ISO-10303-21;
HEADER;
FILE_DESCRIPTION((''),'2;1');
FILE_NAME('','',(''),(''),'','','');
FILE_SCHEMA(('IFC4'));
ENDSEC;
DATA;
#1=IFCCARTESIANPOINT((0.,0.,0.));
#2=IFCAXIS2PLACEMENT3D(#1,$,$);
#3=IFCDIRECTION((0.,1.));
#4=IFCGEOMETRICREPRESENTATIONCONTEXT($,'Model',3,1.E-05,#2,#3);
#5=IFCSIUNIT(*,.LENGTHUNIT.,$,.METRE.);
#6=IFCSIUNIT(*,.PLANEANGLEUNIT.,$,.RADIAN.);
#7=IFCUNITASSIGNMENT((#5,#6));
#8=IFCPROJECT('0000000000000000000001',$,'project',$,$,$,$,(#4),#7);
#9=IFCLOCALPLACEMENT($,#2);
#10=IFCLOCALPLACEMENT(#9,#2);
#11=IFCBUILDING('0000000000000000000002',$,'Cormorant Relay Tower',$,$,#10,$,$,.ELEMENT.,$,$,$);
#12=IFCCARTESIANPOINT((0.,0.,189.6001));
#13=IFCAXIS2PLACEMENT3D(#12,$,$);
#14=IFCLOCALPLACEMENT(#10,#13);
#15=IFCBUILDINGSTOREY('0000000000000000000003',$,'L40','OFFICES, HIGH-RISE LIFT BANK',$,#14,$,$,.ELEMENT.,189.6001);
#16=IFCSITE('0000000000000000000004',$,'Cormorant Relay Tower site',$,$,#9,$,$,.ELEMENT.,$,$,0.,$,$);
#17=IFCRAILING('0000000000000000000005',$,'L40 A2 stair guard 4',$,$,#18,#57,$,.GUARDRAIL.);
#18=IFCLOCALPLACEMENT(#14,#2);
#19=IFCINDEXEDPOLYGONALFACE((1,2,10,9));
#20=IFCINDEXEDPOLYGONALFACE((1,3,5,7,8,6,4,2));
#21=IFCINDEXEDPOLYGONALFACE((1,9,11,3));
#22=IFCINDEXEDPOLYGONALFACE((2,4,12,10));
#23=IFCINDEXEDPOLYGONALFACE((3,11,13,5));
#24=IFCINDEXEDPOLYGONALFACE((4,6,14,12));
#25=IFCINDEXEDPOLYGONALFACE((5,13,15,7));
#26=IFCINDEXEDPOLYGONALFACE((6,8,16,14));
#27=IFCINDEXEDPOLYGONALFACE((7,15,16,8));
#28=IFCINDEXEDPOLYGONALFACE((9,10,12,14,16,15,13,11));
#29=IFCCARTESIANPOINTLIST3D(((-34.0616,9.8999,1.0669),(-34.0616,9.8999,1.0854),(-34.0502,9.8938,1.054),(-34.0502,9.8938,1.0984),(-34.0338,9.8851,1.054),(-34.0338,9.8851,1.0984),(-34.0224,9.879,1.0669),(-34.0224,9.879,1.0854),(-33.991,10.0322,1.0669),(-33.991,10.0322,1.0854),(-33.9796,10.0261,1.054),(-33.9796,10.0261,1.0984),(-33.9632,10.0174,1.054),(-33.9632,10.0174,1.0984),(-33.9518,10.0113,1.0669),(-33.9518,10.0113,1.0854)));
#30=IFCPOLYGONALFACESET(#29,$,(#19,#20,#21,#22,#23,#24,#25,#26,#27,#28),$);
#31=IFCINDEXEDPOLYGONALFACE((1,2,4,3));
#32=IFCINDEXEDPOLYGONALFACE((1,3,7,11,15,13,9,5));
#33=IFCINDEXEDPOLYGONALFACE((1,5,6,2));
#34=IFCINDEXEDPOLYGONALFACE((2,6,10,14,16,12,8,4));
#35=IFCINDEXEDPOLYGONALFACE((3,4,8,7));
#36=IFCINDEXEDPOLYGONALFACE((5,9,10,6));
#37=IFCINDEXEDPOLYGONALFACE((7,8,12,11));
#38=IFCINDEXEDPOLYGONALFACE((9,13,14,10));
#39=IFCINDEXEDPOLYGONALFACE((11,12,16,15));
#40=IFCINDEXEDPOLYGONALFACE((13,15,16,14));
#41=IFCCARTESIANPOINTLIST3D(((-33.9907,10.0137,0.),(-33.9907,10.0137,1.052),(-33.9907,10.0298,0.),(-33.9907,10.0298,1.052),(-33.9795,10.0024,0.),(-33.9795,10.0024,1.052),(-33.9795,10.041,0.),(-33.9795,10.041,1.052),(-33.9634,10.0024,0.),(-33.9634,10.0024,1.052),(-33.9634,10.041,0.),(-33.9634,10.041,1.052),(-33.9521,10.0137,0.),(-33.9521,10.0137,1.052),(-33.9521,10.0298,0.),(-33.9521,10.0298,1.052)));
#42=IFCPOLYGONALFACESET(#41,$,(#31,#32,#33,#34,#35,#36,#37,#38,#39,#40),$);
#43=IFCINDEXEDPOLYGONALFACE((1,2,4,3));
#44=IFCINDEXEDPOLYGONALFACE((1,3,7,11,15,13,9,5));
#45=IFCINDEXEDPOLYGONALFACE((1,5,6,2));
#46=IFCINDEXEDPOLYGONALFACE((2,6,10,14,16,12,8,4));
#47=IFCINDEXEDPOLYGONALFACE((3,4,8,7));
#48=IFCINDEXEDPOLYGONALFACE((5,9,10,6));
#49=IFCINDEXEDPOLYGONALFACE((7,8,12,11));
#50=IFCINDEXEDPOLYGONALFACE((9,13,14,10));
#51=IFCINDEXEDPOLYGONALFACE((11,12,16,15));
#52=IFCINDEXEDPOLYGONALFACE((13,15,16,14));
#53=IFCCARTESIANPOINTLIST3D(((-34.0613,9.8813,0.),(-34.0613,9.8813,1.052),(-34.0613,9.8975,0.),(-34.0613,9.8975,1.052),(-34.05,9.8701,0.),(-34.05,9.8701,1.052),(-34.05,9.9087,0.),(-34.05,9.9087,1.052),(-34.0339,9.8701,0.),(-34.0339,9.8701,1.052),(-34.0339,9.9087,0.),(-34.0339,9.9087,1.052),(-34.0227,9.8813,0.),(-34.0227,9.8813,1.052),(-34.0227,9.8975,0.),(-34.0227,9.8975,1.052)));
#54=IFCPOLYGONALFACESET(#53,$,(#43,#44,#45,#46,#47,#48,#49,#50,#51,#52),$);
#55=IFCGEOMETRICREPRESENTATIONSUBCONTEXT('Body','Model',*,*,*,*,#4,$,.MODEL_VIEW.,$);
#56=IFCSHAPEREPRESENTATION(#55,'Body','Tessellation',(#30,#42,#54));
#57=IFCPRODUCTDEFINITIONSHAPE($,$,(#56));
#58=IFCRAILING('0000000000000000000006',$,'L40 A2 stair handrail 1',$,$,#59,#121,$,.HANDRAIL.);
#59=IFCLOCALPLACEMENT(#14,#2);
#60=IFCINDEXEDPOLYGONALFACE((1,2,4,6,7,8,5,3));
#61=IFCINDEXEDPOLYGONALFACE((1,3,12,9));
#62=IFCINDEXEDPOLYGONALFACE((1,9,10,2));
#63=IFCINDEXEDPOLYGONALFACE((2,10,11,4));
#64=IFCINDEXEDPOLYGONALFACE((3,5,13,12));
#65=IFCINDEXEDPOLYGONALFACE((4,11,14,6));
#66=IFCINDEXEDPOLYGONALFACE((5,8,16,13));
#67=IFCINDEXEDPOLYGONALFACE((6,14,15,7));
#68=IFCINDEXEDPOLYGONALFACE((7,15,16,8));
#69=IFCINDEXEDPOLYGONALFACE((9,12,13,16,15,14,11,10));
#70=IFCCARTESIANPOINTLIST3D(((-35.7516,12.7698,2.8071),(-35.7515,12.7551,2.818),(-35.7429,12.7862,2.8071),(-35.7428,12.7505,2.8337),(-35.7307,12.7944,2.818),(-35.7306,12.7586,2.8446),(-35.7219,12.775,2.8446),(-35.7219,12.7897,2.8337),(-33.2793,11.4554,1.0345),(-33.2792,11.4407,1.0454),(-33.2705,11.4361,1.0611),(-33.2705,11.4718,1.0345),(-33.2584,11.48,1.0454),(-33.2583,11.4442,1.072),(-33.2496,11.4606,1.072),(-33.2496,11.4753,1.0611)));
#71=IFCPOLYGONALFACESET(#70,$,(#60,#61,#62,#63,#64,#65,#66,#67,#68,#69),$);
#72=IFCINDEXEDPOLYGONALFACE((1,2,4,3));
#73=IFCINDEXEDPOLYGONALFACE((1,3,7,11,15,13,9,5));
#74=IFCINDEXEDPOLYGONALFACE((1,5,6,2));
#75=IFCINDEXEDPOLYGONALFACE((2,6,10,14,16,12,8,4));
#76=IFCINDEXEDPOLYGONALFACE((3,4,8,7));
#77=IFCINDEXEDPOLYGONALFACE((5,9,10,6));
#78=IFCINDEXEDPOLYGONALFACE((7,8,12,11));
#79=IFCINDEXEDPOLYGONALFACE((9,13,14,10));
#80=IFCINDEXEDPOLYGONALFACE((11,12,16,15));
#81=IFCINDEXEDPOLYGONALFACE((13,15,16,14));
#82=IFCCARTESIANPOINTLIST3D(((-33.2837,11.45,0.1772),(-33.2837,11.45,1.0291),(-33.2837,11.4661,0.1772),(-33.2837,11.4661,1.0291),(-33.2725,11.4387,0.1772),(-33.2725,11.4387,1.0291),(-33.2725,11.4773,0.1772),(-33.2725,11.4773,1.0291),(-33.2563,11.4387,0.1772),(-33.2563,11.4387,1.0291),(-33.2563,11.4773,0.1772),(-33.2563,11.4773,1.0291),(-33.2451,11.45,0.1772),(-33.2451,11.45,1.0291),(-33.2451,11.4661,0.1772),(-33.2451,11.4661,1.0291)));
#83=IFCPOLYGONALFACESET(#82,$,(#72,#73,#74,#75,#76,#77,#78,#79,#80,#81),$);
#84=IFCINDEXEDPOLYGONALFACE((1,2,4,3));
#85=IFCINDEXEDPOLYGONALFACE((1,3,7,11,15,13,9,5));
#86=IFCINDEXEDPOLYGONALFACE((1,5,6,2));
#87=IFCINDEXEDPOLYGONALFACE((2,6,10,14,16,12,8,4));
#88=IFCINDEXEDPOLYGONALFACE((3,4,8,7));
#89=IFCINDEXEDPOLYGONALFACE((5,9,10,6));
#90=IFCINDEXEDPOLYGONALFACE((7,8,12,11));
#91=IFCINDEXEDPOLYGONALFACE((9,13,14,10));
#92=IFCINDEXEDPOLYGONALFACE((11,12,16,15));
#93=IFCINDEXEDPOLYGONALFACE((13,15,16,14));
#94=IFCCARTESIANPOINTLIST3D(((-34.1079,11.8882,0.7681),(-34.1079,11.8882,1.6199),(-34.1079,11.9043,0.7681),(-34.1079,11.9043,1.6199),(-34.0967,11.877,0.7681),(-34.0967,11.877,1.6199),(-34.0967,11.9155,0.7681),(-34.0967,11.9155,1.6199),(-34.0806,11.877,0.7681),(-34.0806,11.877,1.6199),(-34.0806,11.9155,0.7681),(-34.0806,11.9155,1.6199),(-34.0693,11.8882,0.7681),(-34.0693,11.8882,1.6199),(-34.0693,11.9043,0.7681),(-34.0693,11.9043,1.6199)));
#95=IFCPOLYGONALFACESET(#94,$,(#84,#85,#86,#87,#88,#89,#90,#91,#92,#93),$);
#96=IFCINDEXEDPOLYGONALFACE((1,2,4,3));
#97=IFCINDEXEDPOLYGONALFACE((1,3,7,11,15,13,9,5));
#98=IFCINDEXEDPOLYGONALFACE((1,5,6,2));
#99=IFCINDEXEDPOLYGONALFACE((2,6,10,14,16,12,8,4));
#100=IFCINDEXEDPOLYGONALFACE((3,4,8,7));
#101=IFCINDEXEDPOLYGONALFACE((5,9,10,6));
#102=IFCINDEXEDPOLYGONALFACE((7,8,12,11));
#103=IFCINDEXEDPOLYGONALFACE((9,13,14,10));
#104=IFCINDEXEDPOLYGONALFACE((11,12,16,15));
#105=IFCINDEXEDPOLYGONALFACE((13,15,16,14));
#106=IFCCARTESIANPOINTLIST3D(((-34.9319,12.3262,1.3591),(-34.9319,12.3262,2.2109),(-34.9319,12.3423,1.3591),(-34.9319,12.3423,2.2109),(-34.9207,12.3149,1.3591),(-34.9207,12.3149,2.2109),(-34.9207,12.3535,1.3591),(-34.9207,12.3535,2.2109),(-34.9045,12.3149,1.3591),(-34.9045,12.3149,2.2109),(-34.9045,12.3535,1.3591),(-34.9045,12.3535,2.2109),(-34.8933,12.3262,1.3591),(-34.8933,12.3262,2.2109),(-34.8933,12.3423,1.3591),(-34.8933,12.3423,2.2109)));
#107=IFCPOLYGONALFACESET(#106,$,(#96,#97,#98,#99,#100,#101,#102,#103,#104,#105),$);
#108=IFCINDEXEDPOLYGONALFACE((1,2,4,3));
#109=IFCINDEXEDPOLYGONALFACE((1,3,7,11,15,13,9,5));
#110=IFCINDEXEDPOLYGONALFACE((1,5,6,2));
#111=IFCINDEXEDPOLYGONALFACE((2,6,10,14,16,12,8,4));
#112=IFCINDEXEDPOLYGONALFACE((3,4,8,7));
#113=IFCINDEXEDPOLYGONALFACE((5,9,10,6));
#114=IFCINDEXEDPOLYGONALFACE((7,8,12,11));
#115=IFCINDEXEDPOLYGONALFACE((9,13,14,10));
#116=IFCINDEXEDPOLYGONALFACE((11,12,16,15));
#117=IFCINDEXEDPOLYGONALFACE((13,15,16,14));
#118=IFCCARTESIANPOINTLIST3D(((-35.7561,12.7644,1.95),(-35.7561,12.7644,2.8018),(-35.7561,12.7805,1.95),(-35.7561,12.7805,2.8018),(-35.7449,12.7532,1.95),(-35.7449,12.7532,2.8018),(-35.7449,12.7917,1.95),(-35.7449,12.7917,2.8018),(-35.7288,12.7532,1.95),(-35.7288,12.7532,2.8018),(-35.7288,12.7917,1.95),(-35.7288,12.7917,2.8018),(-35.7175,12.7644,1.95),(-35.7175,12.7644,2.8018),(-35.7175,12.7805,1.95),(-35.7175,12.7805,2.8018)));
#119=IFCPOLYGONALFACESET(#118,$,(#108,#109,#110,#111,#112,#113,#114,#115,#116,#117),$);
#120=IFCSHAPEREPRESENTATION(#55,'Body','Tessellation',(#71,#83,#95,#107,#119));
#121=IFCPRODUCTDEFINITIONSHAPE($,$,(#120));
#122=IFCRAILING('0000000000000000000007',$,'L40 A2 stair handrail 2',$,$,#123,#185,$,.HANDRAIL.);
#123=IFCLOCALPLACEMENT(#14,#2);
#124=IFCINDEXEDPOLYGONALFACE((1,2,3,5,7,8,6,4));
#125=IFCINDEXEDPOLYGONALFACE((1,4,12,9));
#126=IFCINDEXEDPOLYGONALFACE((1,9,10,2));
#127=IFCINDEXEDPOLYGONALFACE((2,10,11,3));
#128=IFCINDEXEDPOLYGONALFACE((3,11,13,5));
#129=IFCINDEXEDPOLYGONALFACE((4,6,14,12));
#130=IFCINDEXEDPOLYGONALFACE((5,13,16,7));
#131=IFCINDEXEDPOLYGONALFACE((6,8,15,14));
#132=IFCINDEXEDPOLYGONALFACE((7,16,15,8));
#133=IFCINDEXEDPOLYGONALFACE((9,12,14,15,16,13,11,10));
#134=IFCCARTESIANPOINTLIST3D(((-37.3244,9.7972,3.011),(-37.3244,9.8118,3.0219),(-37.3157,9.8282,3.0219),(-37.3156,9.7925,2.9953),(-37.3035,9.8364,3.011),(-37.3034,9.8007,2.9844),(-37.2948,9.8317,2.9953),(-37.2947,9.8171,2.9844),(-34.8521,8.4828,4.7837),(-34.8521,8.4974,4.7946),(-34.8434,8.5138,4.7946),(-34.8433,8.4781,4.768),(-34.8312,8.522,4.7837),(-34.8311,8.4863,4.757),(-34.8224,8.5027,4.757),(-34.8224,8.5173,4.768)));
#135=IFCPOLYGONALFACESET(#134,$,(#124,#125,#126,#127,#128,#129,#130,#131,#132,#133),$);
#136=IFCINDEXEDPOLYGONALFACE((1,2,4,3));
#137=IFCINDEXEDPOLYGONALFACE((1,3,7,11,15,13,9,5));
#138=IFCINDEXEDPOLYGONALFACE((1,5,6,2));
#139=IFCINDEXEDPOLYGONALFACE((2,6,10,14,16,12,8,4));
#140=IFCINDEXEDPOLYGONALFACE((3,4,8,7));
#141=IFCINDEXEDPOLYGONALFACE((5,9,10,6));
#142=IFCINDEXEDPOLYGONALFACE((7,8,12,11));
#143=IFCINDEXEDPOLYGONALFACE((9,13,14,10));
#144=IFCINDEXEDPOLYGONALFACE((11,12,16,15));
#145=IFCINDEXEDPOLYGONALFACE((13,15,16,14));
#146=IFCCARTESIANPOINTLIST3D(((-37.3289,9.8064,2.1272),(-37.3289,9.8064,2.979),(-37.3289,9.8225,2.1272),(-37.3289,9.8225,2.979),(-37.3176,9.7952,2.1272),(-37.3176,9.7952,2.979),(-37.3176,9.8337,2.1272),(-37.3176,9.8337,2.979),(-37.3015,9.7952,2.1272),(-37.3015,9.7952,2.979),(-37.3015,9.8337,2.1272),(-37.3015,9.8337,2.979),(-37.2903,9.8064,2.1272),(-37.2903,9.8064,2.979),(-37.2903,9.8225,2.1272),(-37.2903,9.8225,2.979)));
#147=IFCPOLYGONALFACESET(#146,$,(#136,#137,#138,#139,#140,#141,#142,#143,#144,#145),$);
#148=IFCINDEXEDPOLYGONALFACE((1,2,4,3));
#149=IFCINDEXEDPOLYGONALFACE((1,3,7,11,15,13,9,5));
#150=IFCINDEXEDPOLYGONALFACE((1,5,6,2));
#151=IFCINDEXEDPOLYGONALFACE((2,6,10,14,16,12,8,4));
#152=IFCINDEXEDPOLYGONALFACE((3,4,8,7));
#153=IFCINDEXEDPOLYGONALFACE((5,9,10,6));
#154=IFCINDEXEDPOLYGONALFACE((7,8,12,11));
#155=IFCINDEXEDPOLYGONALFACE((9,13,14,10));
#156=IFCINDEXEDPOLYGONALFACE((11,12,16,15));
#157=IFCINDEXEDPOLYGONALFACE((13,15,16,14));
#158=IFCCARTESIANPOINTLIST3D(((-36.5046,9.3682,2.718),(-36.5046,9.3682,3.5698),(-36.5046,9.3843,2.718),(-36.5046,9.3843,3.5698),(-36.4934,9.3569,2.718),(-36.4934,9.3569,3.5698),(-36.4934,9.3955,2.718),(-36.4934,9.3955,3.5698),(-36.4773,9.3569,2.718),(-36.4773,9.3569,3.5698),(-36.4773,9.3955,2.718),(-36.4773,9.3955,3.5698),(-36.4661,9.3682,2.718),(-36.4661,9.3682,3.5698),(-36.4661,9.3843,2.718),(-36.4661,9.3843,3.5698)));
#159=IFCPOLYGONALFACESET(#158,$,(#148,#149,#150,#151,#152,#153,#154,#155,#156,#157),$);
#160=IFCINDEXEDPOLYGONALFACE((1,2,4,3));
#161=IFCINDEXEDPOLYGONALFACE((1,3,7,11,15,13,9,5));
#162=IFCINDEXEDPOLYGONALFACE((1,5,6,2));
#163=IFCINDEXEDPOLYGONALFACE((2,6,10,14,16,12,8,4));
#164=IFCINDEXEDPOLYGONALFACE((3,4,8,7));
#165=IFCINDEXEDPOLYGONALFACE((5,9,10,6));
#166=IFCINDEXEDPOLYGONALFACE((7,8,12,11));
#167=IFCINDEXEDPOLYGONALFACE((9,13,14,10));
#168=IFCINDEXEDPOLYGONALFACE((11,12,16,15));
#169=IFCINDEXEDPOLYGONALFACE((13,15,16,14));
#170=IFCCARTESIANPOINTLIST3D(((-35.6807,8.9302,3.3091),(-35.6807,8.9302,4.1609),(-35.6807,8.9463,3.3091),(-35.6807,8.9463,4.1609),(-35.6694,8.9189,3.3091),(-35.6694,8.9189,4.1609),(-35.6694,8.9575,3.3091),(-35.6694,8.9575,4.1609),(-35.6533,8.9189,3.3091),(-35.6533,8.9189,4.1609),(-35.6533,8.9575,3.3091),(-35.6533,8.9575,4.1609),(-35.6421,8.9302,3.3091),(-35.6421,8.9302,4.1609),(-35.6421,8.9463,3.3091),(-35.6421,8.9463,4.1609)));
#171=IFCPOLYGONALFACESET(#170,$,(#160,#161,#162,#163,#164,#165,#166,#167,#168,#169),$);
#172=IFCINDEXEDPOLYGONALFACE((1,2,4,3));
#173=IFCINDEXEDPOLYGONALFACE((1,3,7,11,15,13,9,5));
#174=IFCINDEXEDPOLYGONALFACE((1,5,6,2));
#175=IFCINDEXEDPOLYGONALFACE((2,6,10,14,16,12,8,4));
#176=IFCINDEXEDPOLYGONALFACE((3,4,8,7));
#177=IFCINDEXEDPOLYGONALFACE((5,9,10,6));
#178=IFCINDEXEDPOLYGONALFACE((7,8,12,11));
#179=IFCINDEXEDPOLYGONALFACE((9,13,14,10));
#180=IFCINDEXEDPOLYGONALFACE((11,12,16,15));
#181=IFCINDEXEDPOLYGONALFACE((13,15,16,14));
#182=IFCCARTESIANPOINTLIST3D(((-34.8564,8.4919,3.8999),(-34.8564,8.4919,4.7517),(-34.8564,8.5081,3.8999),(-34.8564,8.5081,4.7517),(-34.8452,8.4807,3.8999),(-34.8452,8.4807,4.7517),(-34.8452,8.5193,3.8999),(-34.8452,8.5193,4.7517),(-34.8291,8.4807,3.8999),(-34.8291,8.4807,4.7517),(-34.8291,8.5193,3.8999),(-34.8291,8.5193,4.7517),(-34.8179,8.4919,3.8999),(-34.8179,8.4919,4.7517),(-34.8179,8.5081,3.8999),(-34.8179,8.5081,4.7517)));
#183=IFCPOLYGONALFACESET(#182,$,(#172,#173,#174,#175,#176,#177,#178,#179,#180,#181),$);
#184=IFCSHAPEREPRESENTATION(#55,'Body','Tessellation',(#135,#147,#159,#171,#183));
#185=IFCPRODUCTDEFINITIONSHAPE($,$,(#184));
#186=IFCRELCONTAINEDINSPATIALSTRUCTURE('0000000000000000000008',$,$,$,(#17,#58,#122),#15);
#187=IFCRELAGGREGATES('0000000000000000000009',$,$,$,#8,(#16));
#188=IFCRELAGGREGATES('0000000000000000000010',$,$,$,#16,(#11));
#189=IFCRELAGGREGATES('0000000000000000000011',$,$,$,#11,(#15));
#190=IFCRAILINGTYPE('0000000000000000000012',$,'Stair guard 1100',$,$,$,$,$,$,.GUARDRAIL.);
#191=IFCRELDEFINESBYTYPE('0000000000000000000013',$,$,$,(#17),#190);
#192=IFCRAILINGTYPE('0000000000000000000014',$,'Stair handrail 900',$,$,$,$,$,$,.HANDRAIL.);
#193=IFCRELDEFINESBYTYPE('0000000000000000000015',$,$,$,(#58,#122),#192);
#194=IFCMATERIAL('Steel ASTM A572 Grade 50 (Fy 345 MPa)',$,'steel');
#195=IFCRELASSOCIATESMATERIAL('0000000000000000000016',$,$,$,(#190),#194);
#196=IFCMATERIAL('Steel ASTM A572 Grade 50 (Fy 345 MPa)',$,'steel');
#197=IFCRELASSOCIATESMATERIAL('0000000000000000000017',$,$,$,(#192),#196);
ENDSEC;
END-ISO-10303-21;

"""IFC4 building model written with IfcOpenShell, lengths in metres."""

from ifc_helpers import new_model, si_unit, direction, frame, origin, place, context, subcontext, project, spatial, polyline, outline, extrude, material, type_object, element, save


model = new_model("IFC4")

# Units and contexts
model_context = context("Model", 3, precision=1e-05, world=origin(), true_north=direction((0.0, 1.0)))
body_context = subcontext(model_context, "Body", "Model", "MODEL_VIEW")
ifc_project = project(units=[si_unit("LENGTHUNIT", "METRE"), si_unit("PLANEANGLEUNIT", "RADIAN")], contexts=[model_context])

# Site, building, storey
site_placement = place(None, origin())
site = spatial("IfcSite", under=ifc_project, at=site_placement, Name="Cormorant Relay Tower site", CompositionType="ELEMENT", RefElevation=0.0)
building_placement = place(site_placement, origin())
building = spatial("IfcBuilding", under=site, at=building_placement, Name="Cormorant Relay Tower", CompositionType="ELEMENT")
storey_placement = place(building_placement, frame((0.0, 0.0, 189.6001)))
storey = spatial("IfcBuildingStorey", under=building, at=storey_placement, Name="L40", Description="OFFICES, HIGH-RISE LIFT BANK", CompositionType="ELEMENT", Elevation=189.6001)

# Railings
ifc_material_1 = material(Name="Steel ASTM A572 Grade 50 (Fy 345 MPa)", Category="steel")
railing_type_1 = type_object("IfcRailingType", Name="Stair guard 1100", PredefinedType="GUARDRAIL", material=ifc_material_1)
railing_1_placement = place(storey_placement, frame((-33.9714, 10.0217, 0.0)))
element("IfcRailing", 1, at=railing_1_placement, inside=storey, type_object=railing_type_1, Name="L40 A2 stair guard 4", PredefinedType="GUARDRAIL", context=body_context, shape_type="SweptSolid", body=[
    extrude(outline(polyline([(0.0222, 0.0093), (0.0093, 0.0222), (-0.0093, 0.0222), (-0.0222, 0.0093), (-0.0222, -0.0093), (-0.0093, -0.0222), (0.0093, -0.0222), (0.0222, -0.0093), (0.0222, 0.0093)])), frame((0.0, 0.0, 1.0762), z_axis=(-0.470504, -0.882398, 0.0), x_axis=(0.882398, -0.470504, 0.0)), (0.0, 0.0, 1.0), 0.1499),
    extrude(outline(polyline([(0.0193, 0.0081), (0.0081, 0.0193), (-0.0081, 0.0193), (-0.0193, 0.0081), (-0.0193, -0.0081), (-0.0081, -0.0193), (0.0081, -0.0193), (0.0193, -0.0081), (0.0193, 0.0081)])), origin(), (0.0, 0.0, 1.0), 1.052),
    extrude(outline(polyline([(0.0193, 0.0081), (0.0081, 0.0193), (-0.0081, 0.0193), (-0.0193, 0.0081), (-0.0193, -0.0081), (-0.0081, -0.0193), (0.0081, -0.0193), (0.0193, -0.0081), (0.0193, 0.0081)])), frame((-0.0706, -0.1323, 0.0)), (0.0, 0.0, 1.0), 1.052),
])
ifc_material_2 = material(Name="Steel ASTM A572 Grade 50 (Fy 345 MPa)", Category="steel")
railing_type_2 = type_object("IfcRailingType", Name="Stair handrail 900", PredefinedType="HANDRAIL", material=ifc_material_2)
railing_2_placement = place(storey_placement, frame((-33.2644, 11.458, 0.1772)))
element("IfcRailing", 2, at=railing_2_placement, inside=storey, type_object=railing_type_2, Name="L40 A2 stair handrail 1", PredefinedType="HANDRAIL", context=body_context, shape_type="SweptSolid", body=[
    extrude(outline(polyline([(0.0222, 0.0093), (0.0093, 0.0222), (-0.0093, 0.0222), (-0.0222, 0.0093), (-0.0222, -0.0093), (-0.0093, -0.0222), (0.0093, -0.0222), (0.0222, -0.0093), (0.0222, 0.0093)])), frame((0.0, 0.0, 0.876), z_axis=(-0.746034, 0.396627, 0.534902), x_axis=(-0.469429, -0.88297, 0.0)), (0.0, 0.0, 1.0), 3.314),
    extrude(outline(polyline([(0.0193, 0.0081), (0.0081, 0.0193), (-0.0081, 0.0193), (-0.0193, 0.0081), (-0.0193, -0.0081), (-0.0081, -0.0193), (0.0081, -0.0193), (0.0193, -0.0081), (0.0193, 0.0081)])), origin(), (0.0, 0.0, 1.0), 0.8518),
    extrude(outline(polyline([(0.0193, 0.0081), (0.0081, 0.0193), (-0.0081, 0.0193), (-0.0193, 0.0081), (-0.0193, -0.0081), (-0.0081, -0.0193), (0.0081, -0.0193), (0.0193, -0.0081), (0.0193, 0.0081)])), frame((-0.8242, 0.4382, 0.5908)), (0.0, 0.0, 1.0), 0.8518),
    extrude(outline(polyline([(0.0193, 0.0081), (0.0081, 0.0193), (-0.0081, 0.0193), (-0.0193, 0.0081), (-0.0193, -0.0081), (-0.0081, -0.0193), (0.0081, -0.0193), (0.0193, -0.0081), (0.0193, 0.0081)])), frame((-1.6482, 0.8762, 1.1819)), (0.0, 0.0, 1.0), 0.8518),
    extrude(outline(polyline([(0.0193, 0.0081), (0.0081, 0.0193), (-0.0081, 0.0193), (-0.0193, 0.0081), (-0.0193, -0.0081), (-0.0081, -0.0193), (0.0081, -0.0193), (0.0193, -0.0081), (0.0193, 0.0081)])), frame((-2.4724, 1.3145, 1.7727)), (0.0, 0.0, 1.0), 0.8518),
])
railing_3_placement = place(storey_placement, frame((-37.3096, 9.8145, 2.1272)))
element("IfcRailing", 3, at=railing_3_placement, inside=storey, type_object=railing_type_2, Name="L40 A2 stair handrail 2", PredefinedType="HANDRAIL", context=body_context, shape_type="SweptSolid", body=[
    extrude(outline(polyline([(0.0222, 0.0093), (0.0093, 0.0222), (-0.0093, 0.0222), (-0.0222, 0.0093), (-0.0222, -0.0093), (-0.0093, -0.0222), (0.0093, -0.0222), (0.0222, -0.0093), (0.0222, 0.0093)])), frame((0.0, 0.0, 0.876), z_axis=(0.746034, -0.396627, 0.534902), x_axis=(0.469429, 0.88297, 0.0)), (0.0, 0.0, 1.0), 3.314),
    extrude(outline(polyline([(0.0193, 0.0081), (0.0081, 0.0193), (-0.0081, 0.0193), (-0.0193, 0.0081), (-0.0193, -0.0081), (-0.0081, -0.0193), (0.0081, -0.0193), (0.0193, -0.0081), (0.0193, 0.0081)])), origin(), (0.0, 0.0, 1.0), 0.8518),
    extrude(outline(polyline([(0.0193, 0.0081), (0.0081, 0.0193), (-0.0081, 0.0193), (-0.0193, 0.0081), (-0.0193, -0.0081), (-0.0081, -0.0193), (0.0081, -0.0193), (0.0193, -0.0081), (0.0193, 0.0081)])), frame((0.8242, -0.4382, 0.5908)), (0.0, 0.0, 1.0), 0.8518),
    extrude(outline(polyline([(0.0193, 0.0081), (0.0081, 0.0193), (-0.0081, 0.0193), (-0.0193, 0.0081), (-0.0193, -0.0081), (-0.0081, -0.0193), (0.0081, -0.0193), (0.0193, -0.0081), (0.0193, 0.0081)])), frame((1.6482, -0.8762, 1.1819)), (0.0, 0.0, 1.0), 0.8518),
    extrude(outline(polyline([(0.0193, 0.0081), (0.0081, 0.0193), (-0.0081, 0.0193), (-0.0193, 0.0081), (-0.0193, -0.0081), (-0.0081, -0.0193), (0.0081, -0.0193), (0.0193, -0.0081), (0.0193, 0.0081)])), frame((2.4724, -1.3145, 1.7727)), (0.0, 0.0, 1.0), 0.8518),
])

save(model, "model.ifc")
